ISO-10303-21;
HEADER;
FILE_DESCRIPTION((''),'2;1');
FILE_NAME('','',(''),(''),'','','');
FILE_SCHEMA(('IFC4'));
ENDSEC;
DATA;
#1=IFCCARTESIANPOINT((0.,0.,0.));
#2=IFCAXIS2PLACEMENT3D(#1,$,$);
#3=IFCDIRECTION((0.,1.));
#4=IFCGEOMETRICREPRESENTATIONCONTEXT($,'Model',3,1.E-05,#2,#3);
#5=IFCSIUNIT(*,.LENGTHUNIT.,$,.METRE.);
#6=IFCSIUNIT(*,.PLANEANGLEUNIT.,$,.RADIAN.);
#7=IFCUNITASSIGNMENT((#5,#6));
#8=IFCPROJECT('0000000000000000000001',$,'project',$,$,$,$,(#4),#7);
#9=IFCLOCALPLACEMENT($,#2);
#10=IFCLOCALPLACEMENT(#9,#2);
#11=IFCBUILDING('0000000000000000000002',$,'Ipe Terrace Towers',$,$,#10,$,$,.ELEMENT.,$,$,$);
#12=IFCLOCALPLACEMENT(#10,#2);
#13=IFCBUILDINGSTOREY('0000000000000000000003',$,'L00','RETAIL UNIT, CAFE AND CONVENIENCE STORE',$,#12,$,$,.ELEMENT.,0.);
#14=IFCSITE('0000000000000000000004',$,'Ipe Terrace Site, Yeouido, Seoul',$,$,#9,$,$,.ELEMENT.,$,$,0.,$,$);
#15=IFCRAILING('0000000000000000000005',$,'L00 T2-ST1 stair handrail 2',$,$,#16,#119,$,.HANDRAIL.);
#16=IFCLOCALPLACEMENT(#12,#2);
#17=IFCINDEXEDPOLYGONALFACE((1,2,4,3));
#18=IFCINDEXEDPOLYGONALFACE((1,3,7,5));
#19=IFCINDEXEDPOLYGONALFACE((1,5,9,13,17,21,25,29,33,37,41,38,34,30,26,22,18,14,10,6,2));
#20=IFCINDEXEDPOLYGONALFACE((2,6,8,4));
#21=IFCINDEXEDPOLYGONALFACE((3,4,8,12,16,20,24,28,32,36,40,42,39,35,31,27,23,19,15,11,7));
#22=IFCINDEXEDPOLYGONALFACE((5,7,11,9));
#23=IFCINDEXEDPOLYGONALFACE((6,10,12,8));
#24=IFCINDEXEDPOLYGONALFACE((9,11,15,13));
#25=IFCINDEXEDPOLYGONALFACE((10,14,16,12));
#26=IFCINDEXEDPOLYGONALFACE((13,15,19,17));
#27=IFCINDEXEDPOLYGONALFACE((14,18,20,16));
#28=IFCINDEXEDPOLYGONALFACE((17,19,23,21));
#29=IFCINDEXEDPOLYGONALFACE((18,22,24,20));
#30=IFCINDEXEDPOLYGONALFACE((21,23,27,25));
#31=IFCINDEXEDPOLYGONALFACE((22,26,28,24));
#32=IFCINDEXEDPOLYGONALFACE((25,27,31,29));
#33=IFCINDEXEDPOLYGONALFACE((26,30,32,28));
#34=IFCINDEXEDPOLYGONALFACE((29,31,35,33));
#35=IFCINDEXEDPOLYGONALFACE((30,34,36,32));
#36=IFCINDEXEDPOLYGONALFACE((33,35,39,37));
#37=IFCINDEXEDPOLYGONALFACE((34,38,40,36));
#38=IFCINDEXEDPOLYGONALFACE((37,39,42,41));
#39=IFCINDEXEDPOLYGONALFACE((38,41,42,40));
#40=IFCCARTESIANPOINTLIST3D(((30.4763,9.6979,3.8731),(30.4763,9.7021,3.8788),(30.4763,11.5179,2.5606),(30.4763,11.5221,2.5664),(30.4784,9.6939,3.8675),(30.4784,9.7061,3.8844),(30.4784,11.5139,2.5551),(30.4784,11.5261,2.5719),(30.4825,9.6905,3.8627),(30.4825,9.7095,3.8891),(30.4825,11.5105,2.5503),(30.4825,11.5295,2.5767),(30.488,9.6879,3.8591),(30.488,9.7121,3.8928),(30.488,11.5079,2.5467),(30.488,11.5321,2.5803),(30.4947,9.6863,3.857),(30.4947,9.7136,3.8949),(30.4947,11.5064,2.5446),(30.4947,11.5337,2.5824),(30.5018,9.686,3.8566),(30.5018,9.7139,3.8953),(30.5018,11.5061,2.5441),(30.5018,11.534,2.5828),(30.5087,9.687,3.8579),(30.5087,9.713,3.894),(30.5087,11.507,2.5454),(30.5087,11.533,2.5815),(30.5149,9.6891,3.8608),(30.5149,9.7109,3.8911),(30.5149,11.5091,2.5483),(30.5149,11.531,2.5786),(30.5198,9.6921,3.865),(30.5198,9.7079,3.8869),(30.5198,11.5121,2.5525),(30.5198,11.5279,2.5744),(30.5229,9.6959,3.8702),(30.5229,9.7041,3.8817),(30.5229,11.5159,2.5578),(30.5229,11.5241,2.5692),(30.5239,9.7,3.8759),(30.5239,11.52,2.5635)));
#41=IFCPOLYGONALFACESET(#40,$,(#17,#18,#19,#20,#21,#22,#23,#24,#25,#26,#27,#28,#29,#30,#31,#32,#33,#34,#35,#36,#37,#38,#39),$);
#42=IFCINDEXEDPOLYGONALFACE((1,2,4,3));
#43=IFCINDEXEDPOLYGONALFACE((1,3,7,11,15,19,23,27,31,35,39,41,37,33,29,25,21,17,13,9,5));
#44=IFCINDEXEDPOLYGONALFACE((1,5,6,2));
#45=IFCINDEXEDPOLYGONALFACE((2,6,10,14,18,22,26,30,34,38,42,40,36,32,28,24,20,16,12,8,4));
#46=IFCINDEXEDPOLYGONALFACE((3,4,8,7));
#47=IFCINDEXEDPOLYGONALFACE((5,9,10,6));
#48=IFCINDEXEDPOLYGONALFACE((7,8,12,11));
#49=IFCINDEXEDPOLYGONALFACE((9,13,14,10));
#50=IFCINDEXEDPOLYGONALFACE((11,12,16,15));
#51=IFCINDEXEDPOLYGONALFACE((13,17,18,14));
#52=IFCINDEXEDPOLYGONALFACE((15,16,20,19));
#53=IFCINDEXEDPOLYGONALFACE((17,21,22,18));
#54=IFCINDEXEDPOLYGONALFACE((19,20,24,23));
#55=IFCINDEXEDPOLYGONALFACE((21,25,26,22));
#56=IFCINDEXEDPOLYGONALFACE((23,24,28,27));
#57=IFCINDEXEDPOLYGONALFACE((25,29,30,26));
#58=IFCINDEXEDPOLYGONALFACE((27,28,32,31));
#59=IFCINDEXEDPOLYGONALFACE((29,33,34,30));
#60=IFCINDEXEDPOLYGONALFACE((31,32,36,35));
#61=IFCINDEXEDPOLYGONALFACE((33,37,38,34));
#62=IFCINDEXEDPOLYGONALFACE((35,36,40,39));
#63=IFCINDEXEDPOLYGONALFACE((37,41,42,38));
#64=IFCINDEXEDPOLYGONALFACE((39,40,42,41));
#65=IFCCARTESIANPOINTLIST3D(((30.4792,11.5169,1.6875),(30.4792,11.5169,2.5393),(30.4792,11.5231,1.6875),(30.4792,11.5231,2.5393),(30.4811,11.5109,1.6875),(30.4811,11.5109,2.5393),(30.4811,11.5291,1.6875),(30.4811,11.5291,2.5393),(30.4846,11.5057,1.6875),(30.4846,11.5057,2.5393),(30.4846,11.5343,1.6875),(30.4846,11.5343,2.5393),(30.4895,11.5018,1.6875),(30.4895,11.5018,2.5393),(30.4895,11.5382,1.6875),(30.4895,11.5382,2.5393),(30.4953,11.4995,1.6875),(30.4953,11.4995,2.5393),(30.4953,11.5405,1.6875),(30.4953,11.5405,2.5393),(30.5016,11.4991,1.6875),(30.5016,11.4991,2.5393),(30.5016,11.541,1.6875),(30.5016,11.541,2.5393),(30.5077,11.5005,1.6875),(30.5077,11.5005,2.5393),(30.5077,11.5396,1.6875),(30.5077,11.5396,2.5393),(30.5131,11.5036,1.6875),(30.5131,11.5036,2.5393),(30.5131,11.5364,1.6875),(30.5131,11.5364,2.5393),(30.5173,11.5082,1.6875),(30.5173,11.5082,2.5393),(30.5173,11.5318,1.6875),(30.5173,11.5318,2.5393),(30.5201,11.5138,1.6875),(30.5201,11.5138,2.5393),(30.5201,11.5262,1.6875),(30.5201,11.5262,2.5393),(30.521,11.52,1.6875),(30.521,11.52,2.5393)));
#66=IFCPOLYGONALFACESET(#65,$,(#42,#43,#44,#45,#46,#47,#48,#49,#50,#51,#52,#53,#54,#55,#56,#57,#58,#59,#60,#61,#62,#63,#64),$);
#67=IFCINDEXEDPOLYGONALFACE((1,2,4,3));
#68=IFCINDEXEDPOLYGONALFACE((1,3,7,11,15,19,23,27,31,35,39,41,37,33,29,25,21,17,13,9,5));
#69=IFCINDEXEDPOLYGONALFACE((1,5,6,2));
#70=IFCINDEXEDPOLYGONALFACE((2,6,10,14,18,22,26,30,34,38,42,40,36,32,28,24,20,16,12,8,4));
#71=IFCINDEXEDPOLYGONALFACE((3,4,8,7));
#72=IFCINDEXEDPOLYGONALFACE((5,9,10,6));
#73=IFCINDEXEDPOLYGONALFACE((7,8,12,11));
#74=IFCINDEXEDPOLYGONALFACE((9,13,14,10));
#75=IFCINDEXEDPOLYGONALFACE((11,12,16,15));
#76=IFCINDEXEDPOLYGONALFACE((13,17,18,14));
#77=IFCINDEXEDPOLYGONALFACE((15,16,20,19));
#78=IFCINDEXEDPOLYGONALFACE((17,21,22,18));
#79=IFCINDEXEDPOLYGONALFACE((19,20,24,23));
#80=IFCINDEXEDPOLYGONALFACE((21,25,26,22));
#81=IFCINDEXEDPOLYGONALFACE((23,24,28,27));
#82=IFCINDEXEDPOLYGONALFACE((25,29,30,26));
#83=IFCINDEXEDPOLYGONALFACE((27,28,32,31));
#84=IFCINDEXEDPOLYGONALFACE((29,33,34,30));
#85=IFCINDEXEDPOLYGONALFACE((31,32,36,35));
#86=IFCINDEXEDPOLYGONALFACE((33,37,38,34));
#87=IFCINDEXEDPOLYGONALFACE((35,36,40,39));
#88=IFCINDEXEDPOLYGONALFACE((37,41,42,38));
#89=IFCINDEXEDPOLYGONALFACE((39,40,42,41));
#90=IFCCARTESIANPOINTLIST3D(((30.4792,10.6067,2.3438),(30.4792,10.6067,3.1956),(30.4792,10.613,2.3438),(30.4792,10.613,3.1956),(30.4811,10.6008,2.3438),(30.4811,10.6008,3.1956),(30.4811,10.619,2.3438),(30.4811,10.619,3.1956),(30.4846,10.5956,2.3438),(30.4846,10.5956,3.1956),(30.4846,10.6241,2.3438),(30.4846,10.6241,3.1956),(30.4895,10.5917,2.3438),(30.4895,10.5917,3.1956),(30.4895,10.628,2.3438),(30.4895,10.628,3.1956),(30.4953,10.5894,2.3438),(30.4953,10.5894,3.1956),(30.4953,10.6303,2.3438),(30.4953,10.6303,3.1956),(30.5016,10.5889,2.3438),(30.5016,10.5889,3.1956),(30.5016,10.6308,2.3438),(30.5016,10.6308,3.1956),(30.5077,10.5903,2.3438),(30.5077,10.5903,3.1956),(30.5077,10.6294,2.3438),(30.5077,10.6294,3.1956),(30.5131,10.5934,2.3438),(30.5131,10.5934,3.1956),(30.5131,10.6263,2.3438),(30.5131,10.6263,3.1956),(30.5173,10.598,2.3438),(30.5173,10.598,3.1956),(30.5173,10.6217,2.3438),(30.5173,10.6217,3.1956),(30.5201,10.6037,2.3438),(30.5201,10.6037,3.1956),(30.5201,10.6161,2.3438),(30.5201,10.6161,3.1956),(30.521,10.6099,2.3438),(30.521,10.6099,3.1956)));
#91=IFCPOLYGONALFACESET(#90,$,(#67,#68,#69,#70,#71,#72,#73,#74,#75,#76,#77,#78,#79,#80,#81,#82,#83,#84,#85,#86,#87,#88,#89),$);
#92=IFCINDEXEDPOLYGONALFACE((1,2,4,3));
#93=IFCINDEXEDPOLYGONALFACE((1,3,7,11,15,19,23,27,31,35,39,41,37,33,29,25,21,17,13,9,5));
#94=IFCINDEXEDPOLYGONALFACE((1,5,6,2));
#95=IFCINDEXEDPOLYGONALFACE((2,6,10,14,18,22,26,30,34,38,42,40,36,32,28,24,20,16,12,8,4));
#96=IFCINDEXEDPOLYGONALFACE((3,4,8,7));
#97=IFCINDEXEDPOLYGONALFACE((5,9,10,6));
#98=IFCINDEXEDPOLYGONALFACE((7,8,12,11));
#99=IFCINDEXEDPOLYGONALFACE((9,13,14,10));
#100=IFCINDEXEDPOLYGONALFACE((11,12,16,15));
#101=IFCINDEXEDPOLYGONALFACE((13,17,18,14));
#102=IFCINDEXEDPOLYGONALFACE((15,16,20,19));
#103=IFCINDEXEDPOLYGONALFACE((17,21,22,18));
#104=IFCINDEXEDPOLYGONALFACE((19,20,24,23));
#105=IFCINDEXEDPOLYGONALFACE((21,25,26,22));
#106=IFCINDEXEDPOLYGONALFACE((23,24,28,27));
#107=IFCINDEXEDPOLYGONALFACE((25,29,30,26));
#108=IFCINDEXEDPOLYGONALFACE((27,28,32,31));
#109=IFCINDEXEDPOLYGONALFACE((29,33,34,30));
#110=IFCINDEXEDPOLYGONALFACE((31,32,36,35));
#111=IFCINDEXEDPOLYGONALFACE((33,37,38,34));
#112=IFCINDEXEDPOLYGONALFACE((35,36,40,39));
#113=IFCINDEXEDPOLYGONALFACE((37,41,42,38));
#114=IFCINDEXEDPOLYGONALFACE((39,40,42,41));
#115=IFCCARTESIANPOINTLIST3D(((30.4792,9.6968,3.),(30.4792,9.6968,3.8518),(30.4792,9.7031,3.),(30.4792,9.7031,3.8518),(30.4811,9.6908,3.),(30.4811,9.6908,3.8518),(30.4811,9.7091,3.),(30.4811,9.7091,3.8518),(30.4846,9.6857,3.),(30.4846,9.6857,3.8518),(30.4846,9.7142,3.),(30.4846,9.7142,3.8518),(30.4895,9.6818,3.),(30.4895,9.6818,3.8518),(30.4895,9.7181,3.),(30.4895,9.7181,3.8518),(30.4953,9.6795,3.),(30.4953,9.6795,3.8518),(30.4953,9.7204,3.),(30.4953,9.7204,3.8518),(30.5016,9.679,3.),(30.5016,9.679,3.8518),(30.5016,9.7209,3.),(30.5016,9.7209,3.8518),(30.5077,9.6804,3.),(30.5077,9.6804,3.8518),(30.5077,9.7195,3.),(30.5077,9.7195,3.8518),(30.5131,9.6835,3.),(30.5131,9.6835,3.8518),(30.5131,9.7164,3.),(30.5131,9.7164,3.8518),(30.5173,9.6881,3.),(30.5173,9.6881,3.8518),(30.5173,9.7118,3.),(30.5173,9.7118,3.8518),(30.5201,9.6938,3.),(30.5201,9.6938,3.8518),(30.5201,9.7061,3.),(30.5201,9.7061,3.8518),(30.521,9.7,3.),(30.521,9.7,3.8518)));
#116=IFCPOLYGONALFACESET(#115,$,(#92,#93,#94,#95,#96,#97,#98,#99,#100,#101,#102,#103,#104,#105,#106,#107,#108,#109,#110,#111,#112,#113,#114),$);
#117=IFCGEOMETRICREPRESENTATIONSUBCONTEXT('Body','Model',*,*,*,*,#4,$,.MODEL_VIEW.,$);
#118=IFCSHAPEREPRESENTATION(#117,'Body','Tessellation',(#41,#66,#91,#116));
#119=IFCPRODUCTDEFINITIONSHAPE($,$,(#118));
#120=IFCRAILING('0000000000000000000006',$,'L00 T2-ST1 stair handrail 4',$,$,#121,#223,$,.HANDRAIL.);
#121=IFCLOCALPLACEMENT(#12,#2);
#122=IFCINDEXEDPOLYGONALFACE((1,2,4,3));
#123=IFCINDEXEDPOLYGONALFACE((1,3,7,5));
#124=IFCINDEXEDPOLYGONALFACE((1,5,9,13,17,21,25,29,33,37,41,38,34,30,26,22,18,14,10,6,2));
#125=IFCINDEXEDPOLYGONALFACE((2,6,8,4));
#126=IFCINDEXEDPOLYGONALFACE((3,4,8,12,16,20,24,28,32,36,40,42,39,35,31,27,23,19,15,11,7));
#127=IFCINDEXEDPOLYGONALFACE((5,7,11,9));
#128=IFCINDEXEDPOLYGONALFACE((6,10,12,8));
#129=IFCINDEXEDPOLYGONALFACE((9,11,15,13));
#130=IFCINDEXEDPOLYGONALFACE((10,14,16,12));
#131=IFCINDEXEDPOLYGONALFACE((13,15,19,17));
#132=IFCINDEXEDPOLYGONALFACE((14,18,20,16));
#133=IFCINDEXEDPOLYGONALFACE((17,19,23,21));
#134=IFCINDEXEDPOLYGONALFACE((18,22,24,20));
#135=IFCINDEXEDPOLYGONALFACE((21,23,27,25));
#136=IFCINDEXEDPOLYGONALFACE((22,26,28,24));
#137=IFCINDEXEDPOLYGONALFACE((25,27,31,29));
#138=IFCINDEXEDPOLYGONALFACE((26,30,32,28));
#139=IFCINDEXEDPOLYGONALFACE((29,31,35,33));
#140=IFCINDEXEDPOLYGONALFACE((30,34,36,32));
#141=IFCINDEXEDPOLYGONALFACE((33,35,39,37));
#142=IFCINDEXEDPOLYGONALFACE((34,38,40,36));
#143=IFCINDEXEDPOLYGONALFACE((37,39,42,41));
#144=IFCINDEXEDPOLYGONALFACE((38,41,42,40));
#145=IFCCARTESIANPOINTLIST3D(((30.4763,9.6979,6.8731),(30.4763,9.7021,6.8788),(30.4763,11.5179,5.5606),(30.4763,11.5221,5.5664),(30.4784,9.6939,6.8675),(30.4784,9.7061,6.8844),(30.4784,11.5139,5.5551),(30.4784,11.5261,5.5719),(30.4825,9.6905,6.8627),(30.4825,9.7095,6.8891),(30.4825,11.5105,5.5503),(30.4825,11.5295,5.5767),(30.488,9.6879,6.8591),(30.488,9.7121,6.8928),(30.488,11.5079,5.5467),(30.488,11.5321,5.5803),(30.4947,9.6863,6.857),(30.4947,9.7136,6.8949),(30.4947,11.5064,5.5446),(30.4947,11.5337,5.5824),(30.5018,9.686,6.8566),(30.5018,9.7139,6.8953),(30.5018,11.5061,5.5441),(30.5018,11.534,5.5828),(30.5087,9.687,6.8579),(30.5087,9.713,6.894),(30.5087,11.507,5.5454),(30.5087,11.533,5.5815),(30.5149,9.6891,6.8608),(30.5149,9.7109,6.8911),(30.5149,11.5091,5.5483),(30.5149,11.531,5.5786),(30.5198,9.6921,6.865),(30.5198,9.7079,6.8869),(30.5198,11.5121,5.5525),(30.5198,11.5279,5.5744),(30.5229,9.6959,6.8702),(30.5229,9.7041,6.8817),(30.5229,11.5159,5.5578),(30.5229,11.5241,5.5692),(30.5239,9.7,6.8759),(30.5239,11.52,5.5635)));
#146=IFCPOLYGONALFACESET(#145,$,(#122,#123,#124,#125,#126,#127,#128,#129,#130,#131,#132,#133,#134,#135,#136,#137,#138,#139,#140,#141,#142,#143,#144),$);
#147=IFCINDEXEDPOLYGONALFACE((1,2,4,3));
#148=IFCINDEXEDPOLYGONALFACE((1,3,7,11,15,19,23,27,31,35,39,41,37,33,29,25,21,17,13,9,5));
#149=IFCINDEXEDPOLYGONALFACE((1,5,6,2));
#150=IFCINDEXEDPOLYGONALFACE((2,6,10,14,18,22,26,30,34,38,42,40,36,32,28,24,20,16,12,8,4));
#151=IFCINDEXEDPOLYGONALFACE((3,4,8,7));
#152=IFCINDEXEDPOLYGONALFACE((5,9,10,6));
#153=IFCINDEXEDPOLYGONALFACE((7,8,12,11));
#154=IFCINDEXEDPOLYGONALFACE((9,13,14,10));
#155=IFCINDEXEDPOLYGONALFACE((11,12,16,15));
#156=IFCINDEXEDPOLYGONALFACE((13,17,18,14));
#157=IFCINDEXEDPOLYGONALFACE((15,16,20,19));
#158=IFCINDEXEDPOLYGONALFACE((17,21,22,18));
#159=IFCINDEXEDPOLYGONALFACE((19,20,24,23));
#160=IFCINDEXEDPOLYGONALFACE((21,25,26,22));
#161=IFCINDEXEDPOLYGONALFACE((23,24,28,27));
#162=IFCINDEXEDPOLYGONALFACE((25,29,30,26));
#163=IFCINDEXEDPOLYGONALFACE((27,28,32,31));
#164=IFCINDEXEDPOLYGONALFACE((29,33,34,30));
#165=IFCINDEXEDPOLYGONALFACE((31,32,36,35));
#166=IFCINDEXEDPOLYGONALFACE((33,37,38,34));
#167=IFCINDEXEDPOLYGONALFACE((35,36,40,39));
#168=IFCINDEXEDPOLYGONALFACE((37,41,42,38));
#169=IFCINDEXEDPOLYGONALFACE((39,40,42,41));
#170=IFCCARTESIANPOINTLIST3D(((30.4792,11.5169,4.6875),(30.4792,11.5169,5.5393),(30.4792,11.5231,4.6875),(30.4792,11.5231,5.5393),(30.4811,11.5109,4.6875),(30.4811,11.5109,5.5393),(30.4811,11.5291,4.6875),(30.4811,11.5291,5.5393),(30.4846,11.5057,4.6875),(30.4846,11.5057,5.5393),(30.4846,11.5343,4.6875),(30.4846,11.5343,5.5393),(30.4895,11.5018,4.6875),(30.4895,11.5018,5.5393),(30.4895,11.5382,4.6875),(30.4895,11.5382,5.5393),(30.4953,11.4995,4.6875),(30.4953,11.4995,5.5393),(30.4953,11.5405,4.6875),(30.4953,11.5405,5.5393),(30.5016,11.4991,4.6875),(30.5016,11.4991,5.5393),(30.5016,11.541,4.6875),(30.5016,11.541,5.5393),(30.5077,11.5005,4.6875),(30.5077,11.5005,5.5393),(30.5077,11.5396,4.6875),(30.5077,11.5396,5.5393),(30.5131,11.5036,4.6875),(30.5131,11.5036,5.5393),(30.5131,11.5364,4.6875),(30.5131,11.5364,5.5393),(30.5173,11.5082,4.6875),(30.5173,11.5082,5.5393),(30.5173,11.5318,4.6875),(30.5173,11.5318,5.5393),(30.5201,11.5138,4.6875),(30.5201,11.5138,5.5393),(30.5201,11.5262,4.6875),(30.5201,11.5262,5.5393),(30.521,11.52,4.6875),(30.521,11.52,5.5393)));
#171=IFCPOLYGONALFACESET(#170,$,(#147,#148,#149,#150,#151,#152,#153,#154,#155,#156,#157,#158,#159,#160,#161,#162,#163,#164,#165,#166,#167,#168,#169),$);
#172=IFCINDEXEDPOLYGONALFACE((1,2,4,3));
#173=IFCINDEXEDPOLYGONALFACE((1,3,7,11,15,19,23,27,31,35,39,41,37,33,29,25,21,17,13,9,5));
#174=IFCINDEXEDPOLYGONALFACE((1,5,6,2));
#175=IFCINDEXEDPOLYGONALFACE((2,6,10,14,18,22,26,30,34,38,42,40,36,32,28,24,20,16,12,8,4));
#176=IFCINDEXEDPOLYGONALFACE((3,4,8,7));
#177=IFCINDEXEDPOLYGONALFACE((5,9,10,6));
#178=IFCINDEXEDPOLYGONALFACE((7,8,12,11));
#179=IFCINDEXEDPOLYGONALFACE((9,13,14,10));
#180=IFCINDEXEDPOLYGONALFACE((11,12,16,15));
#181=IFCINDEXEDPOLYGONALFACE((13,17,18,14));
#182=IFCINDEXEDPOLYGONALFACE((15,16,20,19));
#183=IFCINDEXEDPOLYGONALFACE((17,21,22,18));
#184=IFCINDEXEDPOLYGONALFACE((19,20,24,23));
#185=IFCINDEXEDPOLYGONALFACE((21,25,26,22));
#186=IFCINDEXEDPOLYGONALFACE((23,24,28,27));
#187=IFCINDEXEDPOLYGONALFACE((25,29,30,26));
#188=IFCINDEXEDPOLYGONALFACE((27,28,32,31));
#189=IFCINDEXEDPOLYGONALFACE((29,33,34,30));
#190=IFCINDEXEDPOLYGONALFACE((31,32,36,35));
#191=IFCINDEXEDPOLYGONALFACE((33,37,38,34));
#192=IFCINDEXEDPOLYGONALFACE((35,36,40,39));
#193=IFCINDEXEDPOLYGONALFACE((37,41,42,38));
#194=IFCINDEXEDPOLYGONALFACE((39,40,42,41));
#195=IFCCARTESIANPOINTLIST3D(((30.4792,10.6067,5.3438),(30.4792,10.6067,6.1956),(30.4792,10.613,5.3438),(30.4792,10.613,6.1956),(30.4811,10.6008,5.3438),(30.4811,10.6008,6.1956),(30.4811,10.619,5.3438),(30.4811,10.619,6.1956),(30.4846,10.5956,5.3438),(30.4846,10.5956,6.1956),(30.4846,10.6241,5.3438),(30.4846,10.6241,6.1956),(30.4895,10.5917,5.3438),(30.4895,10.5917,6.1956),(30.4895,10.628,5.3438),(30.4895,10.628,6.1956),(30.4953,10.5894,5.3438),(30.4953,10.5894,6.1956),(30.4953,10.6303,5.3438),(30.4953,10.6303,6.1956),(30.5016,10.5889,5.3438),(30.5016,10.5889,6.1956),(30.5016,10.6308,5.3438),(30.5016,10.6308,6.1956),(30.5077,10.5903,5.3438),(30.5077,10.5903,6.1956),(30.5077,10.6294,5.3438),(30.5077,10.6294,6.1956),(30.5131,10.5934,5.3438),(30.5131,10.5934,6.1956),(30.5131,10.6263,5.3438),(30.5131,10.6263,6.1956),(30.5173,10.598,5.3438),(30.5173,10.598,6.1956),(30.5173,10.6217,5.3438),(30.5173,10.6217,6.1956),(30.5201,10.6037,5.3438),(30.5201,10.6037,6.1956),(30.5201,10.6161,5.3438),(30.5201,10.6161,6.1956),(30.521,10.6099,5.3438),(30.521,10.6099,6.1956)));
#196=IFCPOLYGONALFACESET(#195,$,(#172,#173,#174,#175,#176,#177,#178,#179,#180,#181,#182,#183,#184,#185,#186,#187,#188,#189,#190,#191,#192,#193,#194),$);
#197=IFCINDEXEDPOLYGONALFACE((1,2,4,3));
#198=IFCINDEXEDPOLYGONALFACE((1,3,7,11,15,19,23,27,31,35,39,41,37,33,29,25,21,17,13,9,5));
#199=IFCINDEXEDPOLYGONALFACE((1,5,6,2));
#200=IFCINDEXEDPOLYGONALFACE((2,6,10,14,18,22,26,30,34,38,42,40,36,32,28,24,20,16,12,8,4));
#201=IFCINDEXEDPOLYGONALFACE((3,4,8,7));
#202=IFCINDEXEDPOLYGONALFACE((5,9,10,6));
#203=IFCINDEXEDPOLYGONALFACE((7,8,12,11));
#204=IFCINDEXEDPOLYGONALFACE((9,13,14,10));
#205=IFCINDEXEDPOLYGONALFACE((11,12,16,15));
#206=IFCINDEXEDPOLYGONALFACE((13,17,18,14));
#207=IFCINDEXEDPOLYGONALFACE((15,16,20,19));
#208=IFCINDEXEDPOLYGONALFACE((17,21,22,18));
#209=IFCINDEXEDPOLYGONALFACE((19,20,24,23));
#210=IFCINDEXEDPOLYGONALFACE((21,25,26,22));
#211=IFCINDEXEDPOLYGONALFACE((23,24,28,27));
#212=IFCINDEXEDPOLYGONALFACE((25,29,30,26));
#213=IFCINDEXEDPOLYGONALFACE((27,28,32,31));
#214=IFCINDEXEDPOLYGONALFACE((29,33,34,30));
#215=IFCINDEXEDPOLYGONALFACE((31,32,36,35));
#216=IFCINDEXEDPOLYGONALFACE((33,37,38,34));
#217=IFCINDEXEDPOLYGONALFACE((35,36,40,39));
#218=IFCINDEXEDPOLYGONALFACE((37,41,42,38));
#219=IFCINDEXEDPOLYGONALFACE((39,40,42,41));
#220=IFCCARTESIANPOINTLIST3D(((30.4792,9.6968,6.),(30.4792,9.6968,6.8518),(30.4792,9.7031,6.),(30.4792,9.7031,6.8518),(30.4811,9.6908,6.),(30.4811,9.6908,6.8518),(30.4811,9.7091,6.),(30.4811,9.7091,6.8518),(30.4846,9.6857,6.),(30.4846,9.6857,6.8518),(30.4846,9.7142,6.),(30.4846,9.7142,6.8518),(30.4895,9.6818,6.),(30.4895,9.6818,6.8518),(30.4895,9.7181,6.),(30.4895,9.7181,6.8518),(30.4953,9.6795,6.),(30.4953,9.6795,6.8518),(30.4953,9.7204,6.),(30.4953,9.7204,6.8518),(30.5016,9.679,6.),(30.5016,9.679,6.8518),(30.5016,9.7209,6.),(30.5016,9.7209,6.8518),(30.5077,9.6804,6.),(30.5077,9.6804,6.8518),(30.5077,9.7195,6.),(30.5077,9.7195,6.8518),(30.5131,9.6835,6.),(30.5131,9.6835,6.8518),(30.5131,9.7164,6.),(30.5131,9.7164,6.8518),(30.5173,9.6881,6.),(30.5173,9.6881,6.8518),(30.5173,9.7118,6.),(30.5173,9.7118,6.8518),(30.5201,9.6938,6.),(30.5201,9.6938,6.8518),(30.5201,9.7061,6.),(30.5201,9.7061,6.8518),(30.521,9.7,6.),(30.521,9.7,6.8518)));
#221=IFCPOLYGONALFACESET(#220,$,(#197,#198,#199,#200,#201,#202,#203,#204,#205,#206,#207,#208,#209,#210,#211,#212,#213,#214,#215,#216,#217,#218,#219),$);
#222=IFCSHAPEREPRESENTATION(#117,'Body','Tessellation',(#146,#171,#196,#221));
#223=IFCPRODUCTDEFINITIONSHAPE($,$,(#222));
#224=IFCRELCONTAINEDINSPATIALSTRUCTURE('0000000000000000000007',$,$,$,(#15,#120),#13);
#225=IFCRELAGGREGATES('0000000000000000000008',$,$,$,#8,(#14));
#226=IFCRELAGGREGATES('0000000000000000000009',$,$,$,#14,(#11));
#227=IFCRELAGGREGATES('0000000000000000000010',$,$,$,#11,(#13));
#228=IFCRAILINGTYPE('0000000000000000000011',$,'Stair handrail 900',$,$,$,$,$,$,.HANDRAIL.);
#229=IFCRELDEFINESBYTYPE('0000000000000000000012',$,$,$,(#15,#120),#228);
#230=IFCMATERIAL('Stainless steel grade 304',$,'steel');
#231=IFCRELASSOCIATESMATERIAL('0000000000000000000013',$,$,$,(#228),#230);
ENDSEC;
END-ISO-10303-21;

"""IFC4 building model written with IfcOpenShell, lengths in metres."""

from ifc_helpers import new_model, si_unit, direction, frame, origin, origin_2d, place, context, subcontext, project, spatial, circle, extrude, material, type_object, element, save


model = new_model("IFC4")

# Units and contexts
model_context = context("Model", 3, precision=1e-05, world=origin(), true_north=direction((0.0, 1.0)))
body_context = subcontext(model_context, "Body", "Model", "MODEL_VIEW")
ifc_project = project(units=[si_unit("LENGTHUNIT", "METRE"), si_unit("PLANEANGLEUNIT", "RADIAN")], contexts=[model_context])

# Site, building, storey
site_placement = place(None, origin())
site = spatial("IfcSite", under=ifc_project, at=site_placement, Name="Ipe Terrace Site, Yeouido, Seoul", CompositionType="ELEMENT", RefElevation=0.0)
building_placement = place(site_placement, origin())
building = spatial("IfcBuilding", under=site, at=building_placement, Name="Ipe Terrace Towers", CompositionType="ELEMENT")
storey_placement = place(building_placement, origin())
storey = spatial("IfcBuildingStorey", under=building, at=storey_placement, Name="L00", Description="RETAIL UNIT, CAFE AND CONVENIENCE STORE", CompositionType="ELEMENT", Elevation=0.0)

# Railings
ifc_material_1 = material(Name="Stainless steel grade 304", Category="steel")
railing_type_1 = type_object("IfcRailingType", Name="Stair handrail 900", PredefinedType="HANDRAIL", material=ifc_material_1)
for number, where, name in (
    (1, (30.5, 11.52, 1.6875), "L00 T2-ST1 stair handrail 2"),
    (2, (30.5, 11.52, 4.6875), "L00 T2-ST1 stair handrail 4"),
):
    element("IfcRailing", number, at=place(storey_placement, frame(where)), inside=storey, type_object=railing_type_1, Name=name, PredefinedType="HANDRAIL", context=body_context, shape_type="SweptSolid", body=[
        extrude(circle(Radius=0.0239, at=origin_2d()), frame((0.0, 0.0, 0.876), z_axis=(0.0, -0.811101, 0.584906), x_axis=(1.0, 0.0, 0.0)), (0.0, 0.0, 1.0), 2.2439),
        extrude(circle(Radius=0.021, at=origin_2d()), origin(), (0.0, 0.0, 1.0), 0.8518),
        extrude(circle(Radius=0.021, at=origin_2d()), frame((0.0, -0.9102, 0.6562)), (0.0, 0.0, 1.0), 0.8518),
        extrude(circle(Radius=0.021, at=origin_2d()), frame((0.0, -1.8201, 1.3125)), (0.0, 0.0, 1.0), 0.8518),
    ])

save(model, "model.ifc")
